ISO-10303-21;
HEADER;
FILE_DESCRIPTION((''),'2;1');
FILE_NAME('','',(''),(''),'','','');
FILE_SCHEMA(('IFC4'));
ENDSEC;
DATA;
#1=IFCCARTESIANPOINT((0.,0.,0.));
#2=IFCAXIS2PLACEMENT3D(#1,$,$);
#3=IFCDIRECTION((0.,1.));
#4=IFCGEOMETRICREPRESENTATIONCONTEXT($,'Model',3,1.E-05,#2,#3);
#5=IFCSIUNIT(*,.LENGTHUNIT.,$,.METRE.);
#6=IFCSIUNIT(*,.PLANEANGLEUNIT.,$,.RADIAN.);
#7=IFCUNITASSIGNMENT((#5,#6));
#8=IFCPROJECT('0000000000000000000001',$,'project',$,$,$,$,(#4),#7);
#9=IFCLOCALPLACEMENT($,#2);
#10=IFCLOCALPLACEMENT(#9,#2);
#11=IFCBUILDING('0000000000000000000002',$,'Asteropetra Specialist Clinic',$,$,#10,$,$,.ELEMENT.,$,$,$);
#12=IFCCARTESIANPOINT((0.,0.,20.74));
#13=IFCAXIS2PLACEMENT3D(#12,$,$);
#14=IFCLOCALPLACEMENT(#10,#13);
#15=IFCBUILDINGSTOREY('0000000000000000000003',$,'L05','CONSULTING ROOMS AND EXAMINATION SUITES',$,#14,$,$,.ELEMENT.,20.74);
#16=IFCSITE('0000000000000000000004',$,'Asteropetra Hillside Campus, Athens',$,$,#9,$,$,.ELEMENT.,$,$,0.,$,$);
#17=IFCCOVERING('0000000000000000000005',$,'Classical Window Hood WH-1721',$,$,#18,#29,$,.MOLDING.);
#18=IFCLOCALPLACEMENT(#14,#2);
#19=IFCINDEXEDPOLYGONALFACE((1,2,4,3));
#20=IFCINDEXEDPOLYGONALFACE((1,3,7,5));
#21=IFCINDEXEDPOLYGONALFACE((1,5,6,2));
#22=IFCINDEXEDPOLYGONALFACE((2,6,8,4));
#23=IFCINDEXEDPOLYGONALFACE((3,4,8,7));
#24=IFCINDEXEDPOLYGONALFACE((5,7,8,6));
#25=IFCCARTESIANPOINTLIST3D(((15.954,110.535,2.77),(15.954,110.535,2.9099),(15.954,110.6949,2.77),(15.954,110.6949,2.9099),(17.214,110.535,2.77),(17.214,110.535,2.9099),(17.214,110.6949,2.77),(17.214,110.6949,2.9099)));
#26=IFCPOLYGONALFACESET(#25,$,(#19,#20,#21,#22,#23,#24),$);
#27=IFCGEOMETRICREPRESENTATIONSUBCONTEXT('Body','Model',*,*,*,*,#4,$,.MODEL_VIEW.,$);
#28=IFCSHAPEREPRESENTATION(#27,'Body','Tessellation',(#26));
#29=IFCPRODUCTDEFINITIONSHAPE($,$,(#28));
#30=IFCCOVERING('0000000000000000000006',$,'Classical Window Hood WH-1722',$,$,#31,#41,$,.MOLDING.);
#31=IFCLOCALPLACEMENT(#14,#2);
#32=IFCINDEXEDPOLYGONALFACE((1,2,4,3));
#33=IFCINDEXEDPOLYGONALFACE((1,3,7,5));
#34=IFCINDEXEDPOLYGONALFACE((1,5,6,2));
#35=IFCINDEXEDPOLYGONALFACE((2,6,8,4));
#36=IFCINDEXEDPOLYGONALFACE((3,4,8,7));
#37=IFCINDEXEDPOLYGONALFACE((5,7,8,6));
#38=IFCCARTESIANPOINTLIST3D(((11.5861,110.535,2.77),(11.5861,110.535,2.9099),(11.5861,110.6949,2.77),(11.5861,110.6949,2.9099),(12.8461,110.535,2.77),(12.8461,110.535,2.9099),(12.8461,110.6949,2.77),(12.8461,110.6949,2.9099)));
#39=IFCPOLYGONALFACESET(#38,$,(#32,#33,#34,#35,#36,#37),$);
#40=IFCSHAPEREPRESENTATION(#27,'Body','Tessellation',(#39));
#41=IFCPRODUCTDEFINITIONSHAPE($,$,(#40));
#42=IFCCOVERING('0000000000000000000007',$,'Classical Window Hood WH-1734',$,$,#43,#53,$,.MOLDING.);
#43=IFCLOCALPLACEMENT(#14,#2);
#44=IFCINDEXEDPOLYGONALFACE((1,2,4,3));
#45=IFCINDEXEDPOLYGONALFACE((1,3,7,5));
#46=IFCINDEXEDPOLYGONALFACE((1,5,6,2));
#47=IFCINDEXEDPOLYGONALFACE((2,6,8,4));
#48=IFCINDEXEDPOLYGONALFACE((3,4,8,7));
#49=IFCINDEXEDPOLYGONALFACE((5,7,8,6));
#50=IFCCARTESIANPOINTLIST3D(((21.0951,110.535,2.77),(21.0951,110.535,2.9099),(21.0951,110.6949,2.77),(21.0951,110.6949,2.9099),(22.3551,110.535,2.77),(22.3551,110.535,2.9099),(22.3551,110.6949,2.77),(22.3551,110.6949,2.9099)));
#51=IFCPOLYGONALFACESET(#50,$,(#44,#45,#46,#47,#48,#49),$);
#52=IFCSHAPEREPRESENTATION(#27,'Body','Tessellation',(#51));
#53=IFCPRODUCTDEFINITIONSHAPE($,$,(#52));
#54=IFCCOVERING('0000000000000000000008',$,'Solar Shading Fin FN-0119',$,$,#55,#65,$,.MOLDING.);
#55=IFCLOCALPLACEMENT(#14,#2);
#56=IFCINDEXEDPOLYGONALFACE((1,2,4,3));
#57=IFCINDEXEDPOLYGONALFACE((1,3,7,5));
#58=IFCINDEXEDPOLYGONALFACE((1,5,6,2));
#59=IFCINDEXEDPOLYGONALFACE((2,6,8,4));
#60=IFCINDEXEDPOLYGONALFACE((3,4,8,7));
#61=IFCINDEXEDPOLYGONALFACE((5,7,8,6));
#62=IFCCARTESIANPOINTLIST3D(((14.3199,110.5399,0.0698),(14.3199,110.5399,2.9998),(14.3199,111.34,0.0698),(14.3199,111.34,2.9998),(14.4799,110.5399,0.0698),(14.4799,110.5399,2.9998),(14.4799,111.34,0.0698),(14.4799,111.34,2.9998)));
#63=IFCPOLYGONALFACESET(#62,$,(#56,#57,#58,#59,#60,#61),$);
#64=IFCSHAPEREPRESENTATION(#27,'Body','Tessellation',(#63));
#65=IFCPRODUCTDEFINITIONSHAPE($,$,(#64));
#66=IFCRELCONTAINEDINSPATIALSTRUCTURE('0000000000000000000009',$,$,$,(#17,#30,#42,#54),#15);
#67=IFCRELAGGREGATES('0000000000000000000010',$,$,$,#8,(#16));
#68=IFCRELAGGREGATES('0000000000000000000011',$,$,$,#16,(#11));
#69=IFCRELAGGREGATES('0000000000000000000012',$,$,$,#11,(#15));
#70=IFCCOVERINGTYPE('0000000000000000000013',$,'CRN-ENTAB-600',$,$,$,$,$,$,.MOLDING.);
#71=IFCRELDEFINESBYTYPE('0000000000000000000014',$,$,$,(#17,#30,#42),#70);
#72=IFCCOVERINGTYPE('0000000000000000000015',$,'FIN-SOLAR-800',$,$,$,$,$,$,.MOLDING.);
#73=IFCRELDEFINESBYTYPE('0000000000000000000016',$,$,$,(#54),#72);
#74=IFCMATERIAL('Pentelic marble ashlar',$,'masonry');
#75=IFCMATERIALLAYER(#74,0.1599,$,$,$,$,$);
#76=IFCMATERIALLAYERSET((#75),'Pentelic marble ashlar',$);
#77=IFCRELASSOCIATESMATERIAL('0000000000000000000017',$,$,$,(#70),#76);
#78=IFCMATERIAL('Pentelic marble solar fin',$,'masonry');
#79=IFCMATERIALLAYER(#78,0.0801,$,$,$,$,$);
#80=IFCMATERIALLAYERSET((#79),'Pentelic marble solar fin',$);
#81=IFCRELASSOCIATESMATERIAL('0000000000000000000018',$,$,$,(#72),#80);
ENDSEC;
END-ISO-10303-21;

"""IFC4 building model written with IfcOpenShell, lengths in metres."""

from ifc_helpers import new_model, si_unit, direction, frame, origin, origin_2d, place, context, subcontext, project, spatial, rectangle, extrude, material, layer, layer_set, type_object, element, save


model = new_model("IFC4")

# Units and contexts
model_context = context("Model", 3, precision=1e-05, world=origin(), true_north=direction((0.0, 1.0)))
body_context = subcontext(model_context, "Body", "Model", "MODEL_VIEW")
ifc_project = project(units=[si_unit("LENGTHUNIT", "METRE"), si_unit("PLANEANGLEUNIT", "RADIAN")], contexts=[model_context])

# Site, building, storey
site_placement = place(None, origin())
site = spatial("IfcSite", under=ifc_project, at=site_placement, Name="Asteropetra Hillside Campus, Athens", CompositionType="ELEMENT", RefElevation=0.0)
building_placement = place(site_placement, origin())
building = spatial("IfcBuilding", under=site, at=building_placement, Name="Asteropetra Specialist Clinic", CompositionType="ELEMENT")
storey_placement = place(building_placement, frame((0.0, 0.0, 20.74)))
storey = spatial("IfcBuildingStorey", under=building, at=storey_placement, Name="L05", Description="CONSULTING ROOMS AND EXAMINATION SUITES", CompositionType="ELEMENT", Elevation=20.74)

# Coverings
ifc_material_1 = material(Name="Pentelic marble ashlar", Category="masonry")
ifc_layer_1 = layer(ifc_material_1, 0.1599)
ifc_layer_set_1 = layer_set([ifc_layer_1], Name="Pentelic marble ashlar")
covering_type_1 = type_object("IfcCoveringType", Name="CRN-ENTAB-600", PredefinedType="MOLDING", material=ifc_layer_set_1)
for number, where, z_axis, x_axis, name in (
    (1, (16.584, 110.615, 2.77), (0.0, 0.0, 1.0), (1.0, 0.0, 0.0), "Classical Window Hood WH-1721"),
    (2, (12.2161, 110.615, 2.77), (0.0, 0.0, 1.0), (1.0, 0.0, 0.0), "Classical Window Hood WH-1722"),
    (3, (21.7251, 110.615, 2.77), (0.0, 0.0, 1.0), (1.0, 0.0, 0.0), "Classical Window Hood WH-1734"),
):
    element("IfcCovering", number, at=place(storey_placement, frame(where, z_axis=z_axis, x_axis=x_axis)), inside=storey, type_object=covering_type_1, Name=name, PredefinedType="MOLDING", context=body_context, shape_type="SweptSolid", body=[
        extrude(rectangle(XDim=1.26, YDim=0.1599, at=origin_2d()), origin(), (0.0, 0.0, 1.0), 0.1399),
    ])
ifc_material_2 = material(Name="Pentelic marble solar fin", Category="masonry")
ifc_layer_2 = layer(ifc_material_2, 0.0801)
ifc_layer_set_2 = layer_set([ifc_layer_2], Name="Pentelic marble solar fin")
covering_type_2 = type_object("IfcCoveringType", Name="FIN-SOLAR-800", PredefinedType="MOLDING", material=ifc_layer_set_2)
covering_1_placement = place(storey_placement, frame((14.3999, 110.9399, 0.0698), z_axis=(0.0, 0.0, 1.0), x_axis=(1.0, 0.0, 0.0)))
element("IfcCovering", 4, at=covering_1_placement, inside=storey, type_object=covering_type_2, Name="Solar Shading Fin FN-0119", PredefinedType="MOLDING", context=body_context, shape_type="SweptSolid", body=[
    extrude(rectangle(XDim=0.1599, YDim=0.8, at=origin_2d()), origin(), (0.0, 0.0, 1.0), 2.9299),
])

save(model, "model.ifc")
